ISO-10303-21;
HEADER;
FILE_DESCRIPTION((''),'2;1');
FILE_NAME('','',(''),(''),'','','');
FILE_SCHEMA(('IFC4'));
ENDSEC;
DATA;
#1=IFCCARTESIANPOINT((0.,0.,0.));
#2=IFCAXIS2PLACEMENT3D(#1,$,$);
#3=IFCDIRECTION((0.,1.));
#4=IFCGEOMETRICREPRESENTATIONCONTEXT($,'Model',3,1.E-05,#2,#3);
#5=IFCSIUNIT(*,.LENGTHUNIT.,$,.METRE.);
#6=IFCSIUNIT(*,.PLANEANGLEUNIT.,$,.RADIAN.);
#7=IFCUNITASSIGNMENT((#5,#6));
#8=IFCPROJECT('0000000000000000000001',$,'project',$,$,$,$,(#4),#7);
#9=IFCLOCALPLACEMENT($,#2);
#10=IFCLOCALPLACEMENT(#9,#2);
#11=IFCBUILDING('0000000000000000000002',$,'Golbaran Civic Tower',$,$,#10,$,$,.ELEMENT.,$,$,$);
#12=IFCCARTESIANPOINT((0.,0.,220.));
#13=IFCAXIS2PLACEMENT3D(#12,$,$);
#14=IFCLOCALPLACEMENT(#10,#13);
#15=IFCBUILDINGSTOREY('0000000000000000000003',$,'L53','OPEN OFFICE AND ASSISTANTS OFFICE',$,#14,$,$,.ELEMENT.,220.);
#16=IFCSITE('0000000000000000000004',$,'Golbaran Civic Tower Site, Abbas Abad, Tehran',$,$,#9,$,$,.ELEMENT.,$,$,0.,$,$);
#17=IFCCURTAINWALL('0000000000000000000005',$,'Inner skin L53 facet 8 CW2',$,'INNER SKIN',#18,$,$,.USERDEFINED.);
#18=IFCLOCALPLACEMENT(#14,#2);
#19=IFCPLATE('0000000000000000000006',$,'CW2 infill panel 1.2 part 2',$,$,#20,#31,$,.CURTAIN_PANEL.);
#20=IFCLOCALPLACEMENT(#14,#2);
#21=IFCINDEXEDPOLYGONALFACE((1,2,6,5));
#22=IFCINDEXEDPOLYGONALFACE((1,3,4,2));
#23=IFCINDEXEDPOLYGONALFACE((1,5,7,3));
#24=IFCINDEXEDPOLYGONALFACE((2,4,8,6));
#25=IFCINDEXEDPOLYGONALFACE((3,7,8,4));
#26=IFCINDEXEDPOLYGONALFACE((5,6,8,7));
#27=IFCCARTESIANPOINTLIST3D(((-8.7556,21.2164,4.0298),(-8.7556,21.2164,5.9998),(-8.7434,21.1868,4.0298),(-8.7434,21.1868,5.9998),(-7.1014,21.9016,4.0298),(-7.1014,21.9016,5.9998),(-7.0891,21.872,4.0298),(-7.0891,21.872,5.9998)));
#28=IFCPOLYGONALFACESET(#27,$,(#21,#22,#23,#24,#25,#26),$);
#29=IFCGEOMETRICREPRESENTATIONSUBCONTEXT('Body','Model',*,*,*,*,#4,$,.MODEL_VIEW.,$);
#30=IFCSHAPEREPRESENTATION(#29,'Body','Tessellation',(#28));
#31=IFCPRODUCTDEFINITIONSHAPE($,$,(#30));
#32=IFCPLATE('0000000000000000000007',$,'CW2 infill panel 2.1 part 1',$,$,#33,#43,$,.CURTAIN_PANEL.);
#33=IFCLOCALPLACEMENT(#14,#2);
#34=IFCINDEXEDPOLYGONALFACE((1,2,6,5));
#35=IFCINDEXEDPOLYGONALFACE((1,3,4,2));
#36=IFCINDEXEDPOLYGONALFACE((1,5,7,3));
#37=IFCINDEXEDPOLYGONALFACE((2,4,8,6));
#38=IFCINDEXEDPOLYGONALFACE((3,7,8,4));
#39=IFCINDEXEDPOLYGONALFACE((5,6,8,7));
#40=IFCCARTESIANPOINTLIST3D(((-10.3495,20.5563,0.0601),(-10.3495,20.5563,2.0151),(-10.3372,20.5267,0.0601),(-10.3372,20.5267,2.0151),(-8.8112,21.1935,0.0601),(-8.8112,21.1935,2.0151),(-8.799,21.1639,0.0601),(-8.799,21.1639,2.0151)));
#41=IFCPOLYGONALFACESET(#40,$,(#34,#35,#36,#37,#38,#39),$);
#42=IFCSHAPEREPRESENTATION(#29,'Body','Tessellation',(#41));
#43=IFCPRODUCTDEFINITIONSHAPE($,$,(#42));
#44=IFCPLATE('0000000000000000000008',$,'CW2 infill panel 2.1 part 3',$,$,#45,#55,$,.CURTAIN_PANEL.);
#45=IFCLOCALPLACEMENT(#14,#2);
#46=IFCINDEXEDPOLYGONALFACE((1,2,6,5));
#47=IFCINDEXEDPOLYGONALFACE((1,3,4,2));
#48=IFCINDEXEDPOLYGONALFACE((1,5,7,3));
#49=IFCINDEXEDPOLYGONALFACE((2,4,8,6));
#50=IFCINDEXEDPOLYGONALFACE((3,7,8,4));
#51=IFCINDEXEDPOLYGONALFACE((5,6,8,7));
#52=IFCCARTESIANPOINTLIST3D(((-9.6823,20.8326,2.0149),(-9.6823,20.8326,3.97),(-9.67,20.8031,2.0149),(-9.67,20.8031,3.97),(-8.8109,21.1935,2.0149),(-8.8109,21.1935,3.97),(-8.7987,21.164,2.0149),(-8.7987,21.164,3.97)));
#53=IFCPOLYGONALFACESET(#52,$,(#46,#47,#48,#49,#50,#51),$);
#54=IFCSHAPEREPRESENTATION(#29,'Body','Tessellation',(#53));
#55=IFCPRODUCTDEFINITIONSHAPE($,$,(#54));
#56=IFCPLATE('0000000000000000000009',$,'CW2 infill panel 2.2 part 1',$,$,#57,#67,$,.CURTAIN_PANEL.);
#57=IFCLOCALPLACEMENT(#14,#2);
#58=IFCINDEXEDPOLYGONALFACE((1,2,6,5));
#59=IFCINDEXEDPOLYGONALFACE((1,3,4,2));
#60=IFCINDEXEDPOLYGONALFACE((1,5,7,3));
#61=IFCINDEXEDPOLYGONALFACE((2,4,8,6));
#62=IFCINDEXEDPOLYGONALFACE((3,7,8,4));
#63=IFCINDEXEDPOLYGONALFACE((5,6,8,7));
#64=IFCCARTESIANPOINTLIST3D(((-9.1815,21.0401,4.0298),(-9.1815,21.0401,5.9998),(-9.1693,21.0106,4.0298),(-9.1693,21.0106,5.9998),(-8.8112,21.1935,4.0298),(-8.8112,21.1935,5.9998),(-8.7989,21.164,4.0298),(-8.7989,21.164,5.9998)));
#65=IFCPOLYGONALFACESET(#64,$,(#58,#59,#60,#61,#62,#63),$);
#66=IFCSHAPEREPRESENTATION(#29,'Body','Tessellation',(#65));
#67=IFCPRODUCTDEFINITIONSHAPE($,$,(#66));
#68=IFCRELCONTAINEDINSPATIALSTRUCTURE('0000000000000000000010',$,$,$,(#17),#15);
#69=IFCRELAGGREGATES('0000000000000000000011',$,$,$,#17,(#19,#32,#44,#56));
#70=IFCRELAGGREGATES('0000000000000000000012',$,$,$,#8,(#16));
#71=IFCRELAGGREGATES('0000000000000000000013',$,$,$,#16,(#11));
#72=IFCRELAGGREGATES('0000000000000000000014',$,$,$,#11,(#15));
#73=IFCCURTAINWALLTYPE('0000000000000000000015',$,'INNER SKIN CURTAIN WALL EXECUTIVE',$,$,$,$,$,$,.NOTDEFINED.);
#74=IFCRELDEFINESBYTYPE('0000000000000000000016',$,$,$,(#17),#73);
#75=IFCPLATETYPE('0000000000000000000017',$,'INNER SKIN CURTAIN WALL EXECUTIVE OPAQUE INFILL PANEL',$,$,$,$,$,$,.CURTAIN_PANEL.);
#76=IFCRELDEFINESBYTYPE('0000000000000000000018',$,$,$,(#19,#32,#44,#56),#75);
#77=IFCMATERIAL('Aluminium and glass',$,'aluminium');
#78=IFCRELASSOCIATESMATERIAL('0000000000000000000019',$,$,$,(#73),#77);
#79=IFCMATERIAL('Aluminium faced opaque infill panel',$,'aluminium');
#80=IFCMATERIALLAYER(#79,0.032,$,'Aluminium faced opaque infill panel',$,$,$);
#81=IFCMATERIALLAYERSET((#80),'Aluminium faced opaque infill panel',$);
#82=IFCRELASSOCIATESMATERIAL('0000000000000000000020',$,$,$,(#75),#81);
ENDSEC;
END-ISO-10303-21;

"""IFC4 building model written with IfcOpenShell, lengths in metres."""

from ifc_helpers import new_model, si_unit, direction, frame, origin, origin_2d, place, context, subcontext, project, spatial, rectangle, extrude, material, layer, layer_set, type_object, element, aggregate, save


model = new_model("IFC4")

# Units and contexts
model_context = context("Model", 3, precision=1e-05, world=origin(), true_north=direction((0.0, 1.0)))
body_context = subcontext(model_context, "Body", "Model", "MODEL_VIEW")
ifc_project = project(units=[si_unit("LENGTHUNIT", "METRE"), si_unit("PLANEANGLEUNIT", "RADIAN")], contexts=[model_context])

# Site, building, storey
site_placement = place(None, origin())
site = spatial("IfcSite", under=ifc_project, at=site_placement, Name="Golbaran Civic Tower Site, Abbas Abad, Tehran", CompositionType="ELEMENT", RefElevation=0.0)
building_placement = place(site_placement, origin())
building = spatial("IfcBuilding", under=site, at=building_placement, Name="Golbaran Civic Tower", CompositionType="ELEMENT")
storey_placement = place(building_placement, frame((0.0, 0.0, 220.0)))
storey = spatial("IfcBuildingStorey", under=building, at=storey_placement, Name="L53", Description="OPEN OFFICE AND ASSISTANTS OFFICE", CompositionType="ELEMENT", Elevation=220.0)

# Curtain wall
ifc_material_1 = material(Name="Aluminium and glass", Category="aluminium")
curtain_wall_type = type_object("IfcCurtainWallType", Name="INNER SKIN CURTAIN WALL EXECUTIVE", PredefinedType="NOTDEFINED", material=ifc_material_1)
curtain_wall_1_placement = place(storey_placement, origin())
curtain_wall_1 = element("IfcCurtainWall", 1, at=curtain_wall_1_placement, inside=storey, type_object=curtain_wall_type, Name="Inner skin L53 facet 8 CW2", ObjectType="INNER SKIN", PredefinedType="USERDEFINED")

# Plates
ifc_material_2 = material(Name="Aluminium faced opaque infill panel", Category="aluminium")
ifc_layer_1 = layer(ifc_material_2, 0.032, Name="Aluminium faced opaque infill panel")
ifc_layer_set_1 = layer_set([ifc_layer_1], Name="Aluminium faced opaque infill panel")
plate_type_1 = type_object("IfcPlateType", Name="INNER SKIN CURTAIN WALL EXECUTIVE OPAQUE INFILL PANEL", PredefinedType="CURTAIN_PANEL", material=ifc_layer_set_1)
plate_1_placement = place(storey_placement, frame((-7.9224, 21.5442, 4.0298), z_axis=(0.0, 0.0, 1.0), x_axis=(-0.92388, -0.382683, 0.0)))
plate_1 = element("IfcPlate", 2, at=plate_1_placement, type_object=plate_type_1, Name="CW2 infill panel 1.2 part 2", PredefinedType="CURTAIN_PANEL", context=body_context, shape_type="SweptSolid", body=[
    extrude(rectangle(XDim=1.7905, YDim=0.032, at=origin_2d()), origin(), (0.0, 0.0, 1.0), 1.97),
])
plate_2_placement = place(storey_placement, frame((-9.5742, 20.8601, 0.0601), z_axis=(0.0, 0.0, 1.0), x_axis=(-0.92388, -0.382683, 0.0)))
plate_2 = element("IfcPlate", 3, at=plate_2_placement, type_object=plate_type_1, Name="CW2 infill panel 2.1 part 1", PredefinedType="CURTAIN_PANEL", context=body_context, shape_type="SweptSolid", body=[
    extrude(rectangle(XDim=1.665, YDim=0.032, at=origin_2d()), origin(), (0.0, 0.0, 1.0), 1.9551),
])
plate_3_placement = place(storey_placement, frame((-9.2405, 20.9983, 2.0149), z_axis=(0.0, 0.0, 1.0), x_axis=(-0.92388, -0.382683, 0.0)))
plate_3 = element("IfcPlate", 4, at=plate_3_placement, type_object=plate_type_1, Name="CW2 infill panel 2.1 part 3", PredefinedType="CURTAIN_PANEL", context=body_context, shape_type="SweptSolid", body=[
    extrude(rectangle(XDim=0.9431, YDim=0.032, at=origin_2d()), origin(), (0.0, 0.0, 1.0), 1.9551),
])
plate_4_placement = place(storey_placement, frame((-8.9902, 21.1021, 4.0298), z_axis=(0.0, 0.0, 1.0), x_axis=(-0.92388, -0.382683, 0.0)))
plate_4 = element("IfcPlate", 5, at=plate_4_placement, type_object=plate_type_1, Name="CW2 infill panel 2.2 part 1", PredefinedType="CURTAIN_PANEL", context=body_context, shape_type="SweptSolid", body=[
    extrude(rectangle(XDim=0.4009, YDim=0.032, at=origin_2d()), origin(), (0.0, 0.0, 1.0), 1.97),
])
aggregate(curtain_wall_1, [plate_1, plate_2, plate_3, plate_4])

save(model, "model.ifc")
